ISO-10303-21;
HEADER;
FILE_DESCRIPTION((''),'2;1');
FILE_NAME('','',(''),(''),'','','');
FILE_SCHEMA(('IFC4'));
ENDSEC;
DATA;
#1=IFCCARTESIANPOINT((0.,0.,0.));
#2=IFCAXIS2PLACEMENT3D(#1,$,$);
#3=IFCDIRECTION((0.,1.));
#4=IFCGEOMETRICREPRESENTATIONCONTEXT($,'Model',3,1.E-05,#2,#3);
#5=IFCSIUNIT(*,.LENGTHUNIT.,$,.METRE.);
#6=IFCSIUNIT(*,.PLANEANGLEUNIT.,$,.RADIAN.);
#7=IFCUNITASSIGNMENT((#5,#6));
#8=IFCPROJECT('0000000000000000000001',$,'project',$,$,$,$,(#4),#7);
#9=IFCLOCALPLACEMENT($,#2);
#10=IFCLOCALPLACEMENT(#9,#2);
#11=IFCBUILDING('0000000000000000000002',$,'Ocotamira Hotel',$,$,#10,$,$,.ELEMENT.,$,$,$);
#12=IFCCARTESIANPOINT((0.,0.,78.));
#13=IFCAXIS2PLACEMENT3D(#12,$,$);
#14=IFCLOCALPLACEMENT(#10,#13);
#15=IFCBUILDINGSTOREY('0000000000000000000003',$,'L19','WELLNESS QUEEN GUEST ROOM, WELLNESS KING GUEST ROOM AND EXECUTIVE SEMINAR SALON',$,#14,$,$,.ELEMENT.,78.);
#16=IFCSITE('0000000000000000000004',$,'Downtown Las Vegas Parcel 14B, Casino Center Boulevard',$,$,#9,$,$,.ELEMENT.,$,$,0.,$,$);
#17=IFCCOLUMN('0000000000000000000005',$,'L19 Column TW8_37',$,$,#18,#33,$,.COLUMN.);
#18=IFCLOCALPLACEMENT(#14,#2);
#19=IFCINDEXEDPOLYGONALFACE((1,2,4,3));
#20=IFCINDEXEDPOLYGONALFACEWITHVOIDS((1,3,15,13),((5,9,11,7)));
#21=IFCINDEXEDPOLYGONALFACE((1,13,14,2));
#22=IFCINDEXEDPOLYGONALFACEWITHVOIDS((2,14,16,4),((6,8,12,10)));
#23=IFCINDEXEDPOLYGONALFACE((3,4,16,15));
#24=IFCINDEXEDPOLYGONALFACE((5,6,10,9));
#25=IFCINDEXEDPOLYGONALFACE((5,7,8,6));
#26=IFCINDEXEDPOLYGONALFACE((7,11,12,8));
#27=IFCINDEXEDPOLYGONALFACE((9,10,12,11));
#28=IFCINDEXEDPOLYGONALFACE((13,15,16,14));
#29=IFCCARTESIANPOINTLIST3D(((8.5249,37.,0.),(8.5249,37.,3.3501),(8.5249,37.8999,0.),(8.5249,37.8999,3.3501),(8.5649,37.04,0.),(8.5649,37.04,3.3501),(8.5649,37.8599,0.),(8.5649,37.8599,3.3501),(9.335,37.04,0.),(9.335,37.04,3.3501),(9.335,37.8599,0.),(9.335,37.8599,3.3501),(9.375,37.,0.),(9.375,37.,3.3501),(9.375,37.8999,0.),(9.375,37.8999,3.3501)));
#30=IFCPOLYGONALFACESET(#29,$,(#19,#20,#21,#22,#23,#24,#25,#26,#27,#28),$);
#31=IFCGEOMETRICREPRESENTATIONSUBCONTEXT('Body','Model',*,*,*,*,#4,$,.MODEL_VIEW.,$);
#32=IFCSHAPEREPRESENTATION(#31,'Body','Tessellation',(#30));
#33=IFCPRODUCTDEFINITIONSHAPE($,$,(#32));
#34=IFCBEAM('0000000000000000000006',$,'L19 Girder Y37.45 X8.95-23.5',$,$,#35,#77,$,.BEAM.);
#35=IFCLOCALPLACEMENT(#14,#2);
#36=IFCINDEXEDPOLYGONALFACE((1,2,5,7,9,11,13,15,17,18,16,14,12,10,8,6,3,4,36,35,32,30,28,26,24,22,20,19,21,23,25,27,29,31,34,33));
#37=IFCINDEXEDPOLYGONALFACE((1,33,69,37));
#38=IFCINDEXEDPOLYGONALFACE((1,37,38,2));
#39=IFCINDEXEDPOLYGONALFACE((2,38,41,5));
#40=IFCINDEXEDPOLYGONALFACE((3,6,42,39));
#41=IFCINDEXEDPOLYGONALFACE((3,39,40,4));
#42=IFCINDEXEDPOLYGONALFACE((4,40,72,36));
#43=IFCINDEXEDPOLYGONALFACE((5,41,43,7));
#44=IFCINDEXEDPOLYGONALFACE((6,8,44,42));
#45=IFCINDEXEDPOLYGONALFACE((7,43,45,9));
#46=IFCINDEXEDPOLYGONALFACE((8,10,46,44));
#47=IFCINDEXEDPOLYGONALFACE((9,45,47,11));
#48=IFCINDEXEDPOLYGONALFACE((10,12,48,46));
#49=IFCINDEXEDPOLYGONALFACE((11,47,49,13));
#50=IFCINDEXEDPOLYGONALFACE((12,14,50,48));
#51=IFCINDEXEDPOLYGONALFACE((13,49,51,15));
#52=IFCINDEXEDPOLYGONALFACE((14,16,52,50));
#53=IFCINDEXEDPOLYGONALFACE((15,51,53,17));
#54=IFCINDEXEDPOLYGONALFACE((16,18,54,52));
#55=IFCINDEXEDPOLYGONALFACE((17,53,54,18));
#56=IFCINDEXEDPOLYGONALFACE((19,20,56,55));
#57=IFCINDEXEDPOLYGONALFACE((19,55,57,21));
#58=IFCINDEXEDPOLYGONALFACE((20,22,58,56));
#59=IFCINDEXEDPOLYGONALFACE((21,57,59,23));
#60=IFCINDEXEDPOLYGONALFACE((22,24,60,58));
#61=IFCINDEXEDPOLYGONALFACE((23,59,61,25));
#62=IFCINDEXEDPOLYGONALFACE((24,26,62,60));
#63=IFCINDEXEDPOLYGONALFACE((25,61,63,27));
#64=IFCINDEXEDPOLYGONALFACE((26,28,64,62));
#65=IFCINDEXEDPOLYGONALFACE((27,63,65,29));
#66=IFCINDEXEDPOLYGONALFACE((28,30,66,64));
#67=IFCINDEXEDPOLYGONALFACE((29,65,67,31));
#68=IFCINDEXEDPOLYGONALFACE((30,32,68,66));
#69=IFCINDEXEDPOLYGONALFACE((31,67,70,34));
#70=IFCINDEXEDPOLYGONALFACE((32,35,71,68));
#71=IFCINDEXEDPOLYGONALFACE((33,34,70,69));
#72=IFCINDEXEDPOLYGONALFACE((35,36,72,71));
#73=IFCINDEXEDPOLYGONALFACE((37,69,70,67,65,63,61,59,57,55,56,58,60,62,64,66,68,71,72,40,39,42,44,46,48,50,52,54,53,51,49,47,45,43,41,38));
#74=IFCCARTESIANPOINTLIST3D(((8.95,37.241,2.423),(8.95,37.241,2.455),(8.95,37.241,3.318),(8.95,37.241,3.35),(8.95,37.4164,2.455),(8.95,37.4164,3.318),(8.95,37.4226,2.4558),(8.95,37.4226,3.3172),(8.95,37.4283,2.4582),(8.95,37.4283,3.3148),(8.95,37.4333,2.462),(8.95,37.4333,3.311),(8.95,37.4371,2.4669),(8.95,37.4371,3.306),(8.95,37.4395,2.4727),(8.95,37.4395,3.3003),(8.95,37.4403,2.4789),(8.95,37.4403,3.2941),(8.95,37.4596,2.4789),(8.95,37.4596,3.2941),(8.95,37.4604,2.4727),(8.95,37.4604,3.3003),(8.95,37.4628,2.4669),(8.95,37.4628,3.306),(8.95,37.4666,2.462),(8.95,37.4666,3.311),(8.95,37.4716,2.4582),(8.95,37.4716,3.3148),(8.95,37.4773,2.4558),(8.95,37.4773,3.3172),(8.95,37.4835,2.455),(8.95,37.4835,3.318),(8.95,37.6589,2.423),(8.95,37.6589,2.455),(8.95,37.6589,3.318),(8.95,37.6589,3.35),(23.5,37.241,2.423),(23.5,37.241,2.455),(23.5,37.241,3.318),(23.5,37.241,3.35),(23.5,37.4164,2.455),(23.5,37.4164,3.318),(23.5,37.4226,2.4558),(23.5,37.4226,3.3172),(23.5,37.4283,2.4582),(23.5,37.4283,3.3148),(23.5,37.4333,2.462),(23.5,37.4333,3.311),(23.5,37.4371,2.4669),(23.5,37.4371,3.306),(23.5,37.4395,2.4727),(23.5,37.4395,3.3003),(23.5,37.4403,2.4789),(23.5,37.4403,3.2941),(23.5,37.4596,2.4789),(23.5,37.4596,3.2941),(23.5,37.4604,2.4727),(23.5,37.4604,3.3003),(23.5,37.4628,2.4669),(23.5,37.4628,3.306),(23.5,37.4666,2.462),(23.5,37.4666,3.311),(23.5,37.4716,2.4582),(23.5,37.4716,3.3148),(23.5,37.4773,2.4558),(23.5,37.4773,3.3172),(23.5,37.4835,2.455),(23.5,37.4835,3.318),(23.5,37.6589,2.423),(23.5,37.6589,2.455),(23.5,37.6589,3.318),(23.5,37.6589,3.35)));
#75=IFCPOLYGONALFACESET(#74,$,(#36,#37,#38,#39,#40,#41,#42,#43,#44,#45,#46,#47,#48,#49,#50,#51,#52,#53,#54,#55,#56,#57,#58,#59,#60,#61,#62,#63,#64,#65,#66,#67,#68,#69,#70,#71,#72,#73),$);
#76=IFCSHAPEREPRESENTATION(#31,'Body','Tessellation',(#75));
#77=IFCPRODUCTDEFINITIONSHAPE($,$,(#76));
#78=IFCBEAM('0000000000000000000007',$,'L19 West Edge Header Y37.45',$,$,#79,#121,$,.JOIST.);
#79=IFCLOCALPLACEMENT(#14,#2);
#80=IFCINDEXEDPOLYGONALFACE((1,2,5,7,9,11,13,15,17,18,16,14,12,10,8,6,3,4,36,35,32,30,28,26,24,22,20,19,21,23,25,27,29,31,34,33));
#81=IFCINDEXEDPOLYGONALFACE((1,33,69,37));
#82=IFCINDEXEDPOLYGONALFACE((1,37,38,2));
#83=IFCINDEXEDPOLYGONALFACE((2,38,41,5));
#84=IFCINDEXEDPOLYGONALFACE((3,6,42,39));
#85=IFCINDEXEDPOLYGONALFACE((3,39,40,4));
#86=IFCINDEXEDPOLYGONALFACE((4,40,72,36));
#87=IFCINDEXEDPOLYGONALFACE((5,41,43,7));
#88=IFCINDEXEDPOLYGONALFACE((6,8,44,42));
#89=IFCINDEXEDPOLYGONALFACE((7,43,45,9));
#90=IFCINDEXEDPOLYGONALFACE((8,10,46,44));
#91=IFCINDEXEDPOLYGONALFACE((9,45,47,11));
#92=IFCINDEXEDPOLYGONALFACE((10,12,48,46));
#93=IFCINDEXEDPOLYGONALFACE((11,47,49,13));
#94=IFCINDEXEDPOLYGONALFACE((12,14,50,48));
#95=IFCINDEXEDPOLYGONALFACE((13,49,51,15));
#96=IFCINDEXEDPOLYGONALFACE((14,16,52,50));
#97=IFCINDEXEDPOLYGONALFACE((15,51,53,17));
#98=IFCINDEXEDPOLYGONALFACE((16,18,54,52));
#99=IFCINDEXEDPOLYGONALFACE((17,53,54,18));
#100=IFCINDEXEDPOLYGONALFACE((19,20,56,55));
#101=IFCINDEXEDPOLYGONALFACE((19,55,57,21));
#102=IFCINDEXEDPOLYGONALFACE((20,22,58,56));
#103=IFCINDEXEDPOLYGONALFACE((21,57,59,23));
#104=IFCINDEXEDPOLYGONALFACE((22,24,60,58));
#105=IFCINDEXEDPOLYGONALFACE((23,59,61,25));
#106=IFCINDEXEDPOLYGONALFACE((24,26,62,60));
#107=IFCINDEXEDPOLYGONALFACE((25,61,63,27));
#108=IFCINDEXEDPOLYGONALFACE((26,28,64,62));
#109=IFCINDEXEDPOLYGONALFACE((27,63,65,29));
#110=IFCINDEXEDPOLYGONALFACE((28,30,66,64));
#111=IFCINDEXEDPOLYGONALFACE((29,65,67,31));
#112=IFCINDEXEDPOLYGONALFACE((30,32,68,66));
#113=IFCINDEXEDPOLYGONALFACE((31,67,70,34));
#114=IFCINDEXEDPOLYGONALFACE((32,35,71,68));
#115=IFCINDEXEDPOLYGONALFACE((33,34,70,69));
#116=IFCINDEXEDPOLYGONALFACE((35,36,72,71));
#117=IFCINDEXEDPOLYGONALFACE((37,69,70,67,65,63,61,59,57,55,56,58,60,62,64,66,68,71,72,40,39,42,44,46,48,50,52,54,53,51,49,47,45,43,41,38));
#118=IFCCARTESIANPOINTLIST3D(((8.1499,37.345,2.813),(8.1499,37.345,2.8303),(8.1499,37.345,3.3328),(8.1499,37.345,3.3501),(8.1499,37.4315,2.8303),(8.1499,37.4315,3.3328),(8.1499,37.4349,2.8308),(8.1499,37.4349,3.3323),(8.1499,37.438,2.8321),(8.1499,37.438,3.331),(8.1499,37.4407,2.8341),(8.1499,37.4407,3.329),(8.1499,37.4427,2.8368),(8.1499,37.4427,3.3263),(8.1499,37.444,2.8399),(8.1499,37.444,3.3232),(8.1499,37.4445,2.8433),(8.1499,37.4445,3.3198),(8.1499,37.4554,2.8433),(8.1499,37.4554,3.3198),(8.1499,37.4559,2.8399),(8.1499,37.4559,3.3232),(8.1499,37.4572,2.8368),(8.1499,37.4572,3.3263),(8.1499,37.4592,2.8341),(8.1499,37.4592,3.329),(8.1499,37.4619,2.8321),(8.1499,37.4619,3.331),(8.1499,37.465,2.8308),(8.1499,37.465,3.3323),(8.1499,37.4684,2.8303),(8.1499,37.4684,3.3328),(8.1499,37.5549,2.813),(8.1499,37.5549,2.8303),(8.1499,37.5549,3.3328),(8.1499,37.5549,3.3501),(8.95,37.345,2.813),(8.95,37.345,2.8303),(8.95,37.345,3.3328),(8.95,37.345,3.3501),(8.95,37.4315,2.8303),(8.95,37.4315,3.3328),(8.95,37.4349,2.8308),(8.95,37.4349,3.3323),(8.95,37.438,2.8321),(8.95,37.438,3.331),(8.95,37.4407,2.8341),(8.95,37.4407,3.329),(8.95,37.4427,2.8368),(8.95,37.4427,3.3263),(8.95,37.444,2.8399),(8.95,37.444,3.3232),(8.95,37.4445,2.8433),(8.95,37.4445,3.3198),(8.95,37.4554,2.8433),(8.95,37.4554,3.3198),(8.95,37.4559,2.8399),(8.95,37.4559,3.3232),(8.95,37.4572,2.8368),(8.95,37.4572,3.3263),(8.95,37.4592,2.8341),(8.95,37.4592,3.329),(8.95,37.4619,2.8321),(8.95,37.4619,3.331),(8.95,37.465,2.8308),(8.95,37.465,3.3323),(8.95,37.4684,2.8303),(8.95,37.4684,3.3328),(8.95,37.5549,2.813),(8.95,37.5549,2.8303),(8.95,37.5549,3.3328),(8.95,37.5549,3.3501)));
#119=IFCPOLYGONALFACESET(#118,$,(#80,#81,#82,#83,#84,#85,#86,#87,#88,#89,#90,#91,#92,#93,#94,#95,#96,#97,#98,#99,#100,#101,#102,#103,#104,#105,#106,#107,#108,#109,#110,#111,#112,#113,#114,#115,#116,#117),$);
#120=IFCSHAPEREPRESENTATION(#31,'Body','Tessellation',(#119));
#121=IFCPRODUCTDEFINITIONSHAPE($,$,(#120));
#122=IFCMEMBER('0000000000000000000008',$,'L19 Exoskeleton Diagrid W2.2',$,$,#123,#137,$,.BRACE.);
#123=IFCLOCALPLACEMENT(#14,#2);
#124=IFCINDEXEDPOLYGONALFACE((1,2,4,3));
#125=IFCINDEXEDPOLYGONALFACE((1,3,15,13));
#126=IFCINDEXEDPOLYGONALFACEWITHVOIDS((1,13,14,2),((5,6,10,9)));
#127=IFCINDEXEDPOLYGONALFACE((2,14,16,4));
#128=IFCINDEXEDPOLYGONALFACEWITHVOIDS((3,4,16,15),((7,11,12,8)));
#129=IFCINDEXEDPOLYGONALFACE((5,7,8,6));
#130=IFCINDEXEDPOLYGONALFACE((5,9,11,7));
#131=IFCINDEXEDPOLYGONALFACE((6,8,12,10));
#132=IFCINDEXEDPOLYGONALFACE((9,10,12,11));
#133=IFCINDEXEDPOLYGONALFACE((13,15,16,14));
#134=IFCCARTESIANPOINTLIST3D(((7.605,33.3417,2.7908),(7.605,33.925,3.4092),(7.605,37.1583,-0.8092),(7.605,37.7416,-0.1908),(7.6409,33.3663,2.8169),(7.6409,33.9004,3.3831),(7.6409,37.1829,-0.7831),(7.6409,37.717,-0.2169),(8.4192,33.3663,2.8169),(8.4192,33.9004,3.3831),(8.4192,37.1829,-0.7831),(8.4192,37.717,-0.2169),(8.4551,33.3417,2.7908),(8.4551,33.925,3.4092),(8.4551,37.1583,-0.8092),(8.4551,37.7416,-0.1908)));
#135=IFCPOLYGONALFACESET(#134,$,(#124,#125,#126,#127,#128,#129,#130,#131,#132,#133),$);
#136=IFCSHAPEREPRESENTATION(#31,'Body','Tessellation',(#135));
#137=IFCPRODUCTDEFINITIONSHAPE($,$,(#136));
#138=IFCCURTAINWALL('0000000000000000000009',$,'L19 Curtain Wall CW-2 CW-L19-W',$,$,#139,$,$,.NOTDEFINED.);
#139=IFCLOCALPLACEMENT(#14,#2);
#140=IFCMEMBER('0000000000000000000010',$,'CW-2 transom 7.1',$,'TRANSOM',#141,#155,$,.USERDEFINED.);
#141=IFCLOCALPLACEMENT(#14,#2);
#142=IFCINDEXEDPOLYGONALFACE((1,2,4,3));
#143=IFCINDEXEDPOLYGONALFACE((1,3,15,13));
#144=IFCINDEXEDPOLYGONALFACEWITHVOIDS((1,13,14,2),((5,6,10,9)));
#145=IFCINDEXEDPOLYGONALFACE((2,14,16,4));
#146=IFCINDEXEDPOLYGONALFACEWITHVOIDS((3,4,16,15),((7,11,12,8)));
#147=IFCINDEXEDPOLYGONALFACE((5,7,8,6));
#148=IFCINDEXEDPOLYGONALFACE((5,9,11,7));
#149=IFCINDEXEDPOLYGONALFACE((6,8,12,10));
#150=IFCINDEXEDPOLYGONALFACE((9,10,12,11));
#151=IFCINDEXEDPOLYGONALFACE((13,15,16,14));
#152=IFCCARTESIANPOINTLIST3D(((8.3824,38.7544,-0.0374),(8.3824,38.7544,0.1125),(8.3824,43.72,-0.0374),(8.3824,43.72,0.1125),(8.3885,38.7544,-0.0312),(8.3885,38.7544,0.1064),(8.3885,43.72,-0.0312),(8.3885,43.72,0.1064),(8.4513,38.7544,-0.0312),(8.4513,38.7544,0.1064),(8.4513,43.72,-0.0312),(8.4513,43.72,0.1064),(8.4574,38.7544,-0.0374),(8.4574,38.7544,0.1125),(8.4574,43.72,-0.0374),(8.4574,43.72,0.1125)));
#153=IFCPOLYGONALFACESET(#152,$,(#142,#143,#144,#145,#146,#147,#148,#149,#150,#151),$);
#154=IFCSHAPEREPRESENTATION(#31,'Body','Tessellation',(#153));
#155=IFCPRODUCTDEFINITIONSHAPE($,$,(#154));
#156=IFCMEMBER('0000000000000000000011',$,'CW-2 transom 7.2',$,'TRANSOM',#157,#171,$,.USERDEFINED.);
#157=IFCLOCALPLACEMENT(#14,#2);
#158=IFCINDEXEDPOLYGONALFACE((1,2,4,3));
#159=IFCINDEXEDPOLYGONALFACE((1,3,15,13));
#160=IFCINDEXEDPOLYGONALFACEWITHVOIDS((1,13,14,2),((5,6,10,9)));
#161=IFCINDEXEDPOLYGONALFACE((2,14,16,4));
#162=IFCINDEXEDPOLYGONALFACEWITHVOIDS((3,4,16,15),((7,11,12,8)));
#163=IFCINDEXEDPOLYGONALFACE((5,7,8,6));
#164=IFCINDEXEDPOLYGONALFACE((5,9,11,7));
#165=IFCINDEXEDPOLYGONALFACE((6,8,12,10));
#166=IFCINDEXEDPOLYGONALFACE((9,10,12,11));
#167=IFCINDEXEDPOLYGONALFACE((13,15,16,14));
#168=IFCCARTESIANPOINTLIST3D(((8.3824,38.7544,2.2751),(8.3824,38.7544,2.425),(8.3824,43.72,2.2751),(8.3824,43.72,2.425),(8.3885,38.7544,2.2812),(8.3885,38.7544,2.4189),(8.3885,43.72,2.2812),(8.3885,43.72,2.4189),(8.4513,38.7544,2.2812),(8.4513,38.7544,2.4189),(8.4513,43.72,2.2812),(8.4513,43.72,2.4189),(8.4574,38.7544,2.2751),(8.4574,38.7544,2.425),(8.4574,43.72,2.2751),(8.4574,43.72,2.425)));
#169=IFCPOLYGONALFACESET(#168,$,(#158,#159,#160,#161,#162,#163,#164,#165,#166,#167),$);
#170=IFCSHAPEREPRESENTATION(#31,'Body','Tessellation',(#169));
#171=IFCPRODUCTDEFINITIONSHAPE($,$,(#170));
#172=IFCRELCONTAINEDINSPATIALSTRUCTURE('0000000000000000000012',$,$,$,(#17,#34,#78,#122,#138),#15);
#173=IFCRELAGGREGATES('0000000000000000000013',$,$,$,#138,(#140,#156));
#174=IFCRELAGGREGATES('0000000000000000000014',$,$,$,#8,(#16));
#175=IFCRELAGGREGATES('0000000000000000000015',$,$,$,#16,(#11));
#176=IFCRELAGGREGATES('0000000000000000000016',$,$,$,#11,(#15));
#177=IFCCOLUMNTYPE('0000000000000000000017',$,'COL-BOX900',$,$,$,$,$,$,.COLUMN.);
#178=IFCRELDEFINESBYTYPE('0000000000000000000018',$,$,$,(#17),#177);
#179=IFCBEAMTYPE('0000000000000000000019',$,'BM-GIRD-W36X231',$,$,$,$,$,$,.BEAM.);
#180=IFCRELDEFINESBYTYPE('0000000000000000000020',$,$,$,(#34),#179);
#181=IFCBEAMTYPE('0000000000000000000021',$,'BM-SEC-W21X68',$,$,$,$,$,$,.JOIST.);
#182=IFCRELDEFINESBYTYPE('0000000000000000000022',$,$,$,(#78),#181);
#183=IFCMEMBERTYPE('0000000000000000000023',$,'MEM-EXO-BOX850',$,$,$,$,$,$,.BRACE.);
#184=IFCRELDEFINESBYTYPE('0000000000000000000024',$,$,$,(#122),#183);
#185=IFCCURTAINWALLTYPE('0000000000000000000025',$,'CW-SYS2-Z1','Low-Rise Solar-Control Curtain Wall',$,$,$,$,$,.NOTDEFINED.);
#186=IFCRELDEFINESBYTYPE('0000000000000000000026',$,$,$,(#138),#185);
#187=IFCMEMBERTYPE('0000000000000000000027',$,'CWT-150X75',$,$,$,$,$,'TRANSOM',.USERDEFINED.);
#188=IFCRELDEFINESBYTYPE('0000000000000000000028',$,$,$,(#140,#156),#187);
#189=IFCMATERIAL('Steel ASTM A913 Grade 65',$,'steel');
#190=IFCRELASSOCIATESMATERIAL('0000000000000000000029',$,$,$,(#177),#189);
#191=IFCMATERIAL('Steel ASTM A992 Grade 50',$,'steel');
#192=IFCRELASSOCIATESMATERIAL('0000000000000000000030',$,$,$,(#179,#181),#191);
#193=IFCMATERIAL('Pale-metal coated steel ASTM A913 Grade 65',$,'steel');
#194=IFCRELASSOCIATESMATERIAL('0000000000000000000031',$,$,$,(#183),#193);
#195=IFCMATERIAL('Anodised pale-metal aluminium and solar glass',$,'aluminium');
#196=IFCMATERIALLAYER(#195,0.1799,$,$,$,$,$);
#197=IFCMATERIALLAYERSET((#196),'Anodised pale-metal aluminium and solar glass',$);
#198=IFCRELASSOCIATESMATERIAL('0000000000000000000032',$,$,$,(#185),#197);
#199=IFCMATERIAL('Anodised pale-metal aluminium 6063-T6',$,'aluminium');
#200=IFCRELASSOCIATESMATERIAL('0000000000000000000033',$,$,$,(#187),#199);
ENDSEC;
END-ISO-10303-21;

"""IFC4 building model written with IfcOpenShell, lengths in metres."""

from ifc_helpers import new_model, si_unit, direction, frame, origin, origin_2d, place, context, subcontext, project, spatial, hollow_rectangle, i_section, extrude, source, transform, mapped, material, layer, layer_set, material_profile, profile_set, type_object, element, aggregate, save


model = new_model("IFC4")

# Units and contexts
model_context = context("Model", 3, precision=1e-05, world=origin(), true_north=direction((0.0, 1.0)))
body_context = subcontext(model_context, "Body", "Model", "MODEL_VIEW")
ifc_project = project(units=[si_unit("LENGTHUNIT", "METRE"), si_unit("PLANEANGLEUNIT", "RADIAN")], contexts=[model_context])

# Site, building, storey
site_placement = place(None, origin())
site = spatial("IfcSite", under=ifc_project, at=site_placement, Name="Downtown Las Vegas Parcel 14B, Casino Center Boulevard", CompositionType="ELEMENT", RefElevation=0.0)
building_placement = place(site_placement, origin())
building = spatial("IfcBuilding", under=site, at=building_placement, Name="Ocotamira Hotel", CompositionType="ELEMENT")
storey_placement = place(building_placement, frame((0.0, 0.0, 78.0)))
storey = spatial("IfcBuildingStorey", under=building, at=storey_placement, Name="L19", Description="WELLNESS QUEEN GUEST ROOM, WELLNESS KING GUEST ROOM AND EXECUTIVE SEMINAR SALON", CompositionType="ELEMENT", Elevation=78.0)

# Column
ifc_material_1 = material(Name="Steel ASTM A913 Grade 65", Category="steel")
ifc_material_profile_1 = material_profile(ifc_material_1, hollow_rectangle(XDim=0.8501, YDim=0.8999, WallThickness=0.04, at=origin_2d()), Name="BOX900X850X40")
ifc_profile_set_1 = profile_set([ifc_material_profile_1], Name="Steel ASTM A913 Grade 65")
column_type = type_object("IfcColumnType", Name="COL-BOX900", PredefinedType="COLUMN", material=ifc_profile_set_1)
shared_shape_1 = source(origin(), body_context, "Body", "SweptSolid", [
    extrude(hollow_rectangle(XDim=0.8501, YDim=0.8999, WallThickness=0.04, at=origin_2d()), origin(), (0.0, 0.0, 1.0), 3.3501),
])
column_placement = place(storey_placement, frame((8.95, 37.45, 0.0), z_axis=(0.0, 0.0, 1.0), x_axis=(1.0, 0.0, 0.0)))
element("IfcColumn", 1, at=column_placement, inside=storey, type_object=column_type, Name="L19 Column TW8_37", PredefinedType="COLUMN", context=body_context, shape_type="MappedRepresentation", body=[
    mapped(shared_shape_1, transform((0.0, 0.0, 0.0), scale=1.0)),
])

# Beams
ifc_material_2 = material(Name="Steel ASTM A992 Grade 50", Category="steel")
ifc_material_profile_2 = material_profile(ifc_material_2, i_section(OverallWidth=0.418, OverallDepth=0.927, WebThickness=0.0193, FlangeThickness=0.032, FilletRadius=0.0239, at=origin_2d()), Name="W36X231")
ifc_profile_set_2 = profile_set([ifc_material_profile_2], Name="Steel ASTM A992 Grade 50")
beam_type_1 = type_object("IfcBeamType", Name="BM-GIRD-W36X231", PredefinedType="BEAM", material=ifc_profile_set_2)
shared_shape_2 = source(origin(), body_context, "Body", "SweptSolid", [
    extrude(i_section(OverallWidth=0.418, OverallDepth=0.927, WebThickness=0.0193, FlangeThickness=0.032, FilletRadius=0.0239, at=origin_2d()), origin(), (0.0, 0.0, 1.0), 14.55),
])
beam_1_placement = place(storey_placement, frame((8.95, 37.45, 2.8865), z_axis=(1.0, 0.0, 0.0), x_axis=(0.0, 1.0, 0.0)))
element("IfcBeam", 2, at=beam_1_placement, inside=storey, type_object=beam_type_1, Name="L19 Girder Y37.45 X8.95-23.5", PredefinedType="BEAM", context=body_context, shape_type="MappedRepresentation", body=[
    mapped(shared_shape_2, transform((0.0, 0.0, 0.0), scale=1.0)),
])
ifc_material_profile_3 = material_profile(ifc_material_2, i_section(OverallWidth=0.21, OverallDepth=0.5371, WebThickness=0.011, FlangeThickness=0.0173, FilletRadius=0.0129, at=origin_2d()), Name="W21X68")
ifc_profile_set_3 = profile_set([ifc_material_profile_3], Name="Steel ASTM A992 Grade 50")
beam_type_2 = type_object("IfcBeamType", Name="BM-SEC-W21X68", PredefinedType="JOIST", material=ifc_profile_set_3)
shared_shape_3 = source(origin(), body_context, "Body", "SweptSolid", [
    extrude(i_section(OverallWidth=0.21, OverallDepth=0.5371, WebThickness=0.011, FlangeThickness=0.0173, FilletRadius=0.0129, at=origin_2d()), origin(), (0.0, 0.0, 1.0), 0.8),
])
beam_2_placement = place(storey_placement, frame((8.95, 37.45, 3.0815), z_axis=(-1.0, 0.0, 0.0), x_axis=(0.0, -1.0, 0.0)))
element("IfcBeam", 3, at=beam_2_placement, inside=storey, type_object=beam_type_2, Name="L19 West Edge Header Y37.45", PredefinedType="JOIST", context=body_context, shape_type="MappedRepresentation", body=[
    mapped(shared_shape_3, transform((0.0, 0.0, 0.0), scale=1.0)),
])

# Member
ifc_material_3 = material(Name="Pale-metal coated steel ASTM A913 Grade 65", Category="steel")
ifc_material_profile_4 = material_profile(ifc_material_3, hollow_rectangle(XDim=0.8501, YDim=0.8501, WallThickness=0.0359, at=origin_2d()), Name="BOX850X850X36")
ifc_profile_set_4 = profile_set([ifc_material_profile_4], Name="Pale-metal coated steel ASTM A913 Grade 65")
member_type_1 = type_object("IfcMemberType", Name="MEM-EXO-BOX850", PredefinedType="BRACE", material=ifc_profile_set_4)
shared_shape_4 = source(origin(), body_context, "Body", "SweptSolid", [
    extrude(hollow_rectangle(XDim=0.8501, YDim=0.8501, WallThickness=0.0359, at=origin_2d()), origin(), (0.0, 0.0, 1.0), 5.2466),
])
member_1_placement = place(storey_placement, frame((8.03, 37.45, -0.5), z_axis=(0.0, -0.727443, 0.686168), x_axis=(1.0, 0.0, 0.0)))
element("IfcMember", 4, at=member_1_placement, inside=storey, type_object=member_type_1, Name="L19 Exoskeleton Diagrid W2.2", PredefinedType="BRACE", context=body_context, shape_type="MappedRepresentation", body=[
    mapped(shared_shape_4, transform((0.0, 0.0, 0.0), scale=1.0)),
])

# Curtain wall, members
ifc_material_4 = material(Name="Anodised pale-metal aluminium and solar glass", Category="aluminium")
ifc_layer_1 = layer(ifc_material_4, 0.1799)
ifc_layer_set_1 = layer_set([ifc_layer_1], Name="Anodised pale-metal aluminium and solar glass")
curtain_wall_type = type_object("IfcCurtainWallType", Name="CW-SYS2-Z1", Description="Low-Rise Solar-Control Curtain Wall", PredefinedType="NOTDEFINED", material=ifc_layer_set_1)
curtain_wall_placement = place(storey_placement, origin())
curtain_wall = element("IfcCurtainWall", 5, at=curtain_wall_placement, inside=storey, type_object=curtain_wall_type, Name="L19 Curtain Wall CW-2 CW-L19-W", PredefinedType="NOTDEFINED")
ifc_material_5 = material(Name="Anodised pale-metal aluminium 6063-T6", Category="aluminium")
ifc_material_profile_5 = material_profile(ifc_material_5, hollow_rectangle(XDim=0.075, YDim=0.1499, WallThickness=0.0061, at=origin_2d()), Name="HSS150X75X6")
ifc_profile_set_5 = profile_set([ifc_material_profile_5], Name="Anodised pale-metal aluminium 6063-T6")
member_type_2 = type_object("IfcMemberType", Name="CWT-150X75", ElementType="TRANSOM", PredefinedType="USERDEFINED", material=ifc_profile_set_5)
shared_shape_5 = source(origin(), body_context, "Body", "SweptSolid", [
    extrude(hollow_rectangle(XDim=0.075, YDim=0.1499, WallThickness=0.0061, at=origin_2d()), origin(), (0.0, 0.0, 1.0), 4.9656),
])
member_2_placement = place(storey_placement, frame((8.4199, 38.7544, 0.0376), z_axis=(0.0, 1.0, 0.0), x_axis=(-1.0, 0.0, 0.0)))
member_2 = element("IfcMember", 6, at=member_2_placement, type_object=member_type_2, Name="CW-2 transom 7.1", ObjectType="TRANSOM", PredefinedType="USERDEFINED", context=body_context, shape_type="MappedRepresentation", body=[
    mapped(shared_shape_5, transform((0.0, 0.0, 0.0), scale=1.0)),
])
member_3_placement = place(storey_placement, frame((8.4199, 38.7544, 2.3501), z_axis=(0.0, 1.0, 0.0), x_axis=(-1.0, 0.0, 0.0)))
member_3 = element("IfcMember", 7, at=member_3_placement, type_object=member_type_2, Name="CW-2 transom 7.2", ObjectType="TRANSOM", PredefinedType="USERDEFINED", context=body_context, shape_type="MappedRepresentation", body=[
    mapped(shared_shape_5, transform((0.0, 0.0, 0.0), scale=1.0)),
])
aggregate(curtain_wall, [member_2, member_3])

save(model, "model.ifc")
